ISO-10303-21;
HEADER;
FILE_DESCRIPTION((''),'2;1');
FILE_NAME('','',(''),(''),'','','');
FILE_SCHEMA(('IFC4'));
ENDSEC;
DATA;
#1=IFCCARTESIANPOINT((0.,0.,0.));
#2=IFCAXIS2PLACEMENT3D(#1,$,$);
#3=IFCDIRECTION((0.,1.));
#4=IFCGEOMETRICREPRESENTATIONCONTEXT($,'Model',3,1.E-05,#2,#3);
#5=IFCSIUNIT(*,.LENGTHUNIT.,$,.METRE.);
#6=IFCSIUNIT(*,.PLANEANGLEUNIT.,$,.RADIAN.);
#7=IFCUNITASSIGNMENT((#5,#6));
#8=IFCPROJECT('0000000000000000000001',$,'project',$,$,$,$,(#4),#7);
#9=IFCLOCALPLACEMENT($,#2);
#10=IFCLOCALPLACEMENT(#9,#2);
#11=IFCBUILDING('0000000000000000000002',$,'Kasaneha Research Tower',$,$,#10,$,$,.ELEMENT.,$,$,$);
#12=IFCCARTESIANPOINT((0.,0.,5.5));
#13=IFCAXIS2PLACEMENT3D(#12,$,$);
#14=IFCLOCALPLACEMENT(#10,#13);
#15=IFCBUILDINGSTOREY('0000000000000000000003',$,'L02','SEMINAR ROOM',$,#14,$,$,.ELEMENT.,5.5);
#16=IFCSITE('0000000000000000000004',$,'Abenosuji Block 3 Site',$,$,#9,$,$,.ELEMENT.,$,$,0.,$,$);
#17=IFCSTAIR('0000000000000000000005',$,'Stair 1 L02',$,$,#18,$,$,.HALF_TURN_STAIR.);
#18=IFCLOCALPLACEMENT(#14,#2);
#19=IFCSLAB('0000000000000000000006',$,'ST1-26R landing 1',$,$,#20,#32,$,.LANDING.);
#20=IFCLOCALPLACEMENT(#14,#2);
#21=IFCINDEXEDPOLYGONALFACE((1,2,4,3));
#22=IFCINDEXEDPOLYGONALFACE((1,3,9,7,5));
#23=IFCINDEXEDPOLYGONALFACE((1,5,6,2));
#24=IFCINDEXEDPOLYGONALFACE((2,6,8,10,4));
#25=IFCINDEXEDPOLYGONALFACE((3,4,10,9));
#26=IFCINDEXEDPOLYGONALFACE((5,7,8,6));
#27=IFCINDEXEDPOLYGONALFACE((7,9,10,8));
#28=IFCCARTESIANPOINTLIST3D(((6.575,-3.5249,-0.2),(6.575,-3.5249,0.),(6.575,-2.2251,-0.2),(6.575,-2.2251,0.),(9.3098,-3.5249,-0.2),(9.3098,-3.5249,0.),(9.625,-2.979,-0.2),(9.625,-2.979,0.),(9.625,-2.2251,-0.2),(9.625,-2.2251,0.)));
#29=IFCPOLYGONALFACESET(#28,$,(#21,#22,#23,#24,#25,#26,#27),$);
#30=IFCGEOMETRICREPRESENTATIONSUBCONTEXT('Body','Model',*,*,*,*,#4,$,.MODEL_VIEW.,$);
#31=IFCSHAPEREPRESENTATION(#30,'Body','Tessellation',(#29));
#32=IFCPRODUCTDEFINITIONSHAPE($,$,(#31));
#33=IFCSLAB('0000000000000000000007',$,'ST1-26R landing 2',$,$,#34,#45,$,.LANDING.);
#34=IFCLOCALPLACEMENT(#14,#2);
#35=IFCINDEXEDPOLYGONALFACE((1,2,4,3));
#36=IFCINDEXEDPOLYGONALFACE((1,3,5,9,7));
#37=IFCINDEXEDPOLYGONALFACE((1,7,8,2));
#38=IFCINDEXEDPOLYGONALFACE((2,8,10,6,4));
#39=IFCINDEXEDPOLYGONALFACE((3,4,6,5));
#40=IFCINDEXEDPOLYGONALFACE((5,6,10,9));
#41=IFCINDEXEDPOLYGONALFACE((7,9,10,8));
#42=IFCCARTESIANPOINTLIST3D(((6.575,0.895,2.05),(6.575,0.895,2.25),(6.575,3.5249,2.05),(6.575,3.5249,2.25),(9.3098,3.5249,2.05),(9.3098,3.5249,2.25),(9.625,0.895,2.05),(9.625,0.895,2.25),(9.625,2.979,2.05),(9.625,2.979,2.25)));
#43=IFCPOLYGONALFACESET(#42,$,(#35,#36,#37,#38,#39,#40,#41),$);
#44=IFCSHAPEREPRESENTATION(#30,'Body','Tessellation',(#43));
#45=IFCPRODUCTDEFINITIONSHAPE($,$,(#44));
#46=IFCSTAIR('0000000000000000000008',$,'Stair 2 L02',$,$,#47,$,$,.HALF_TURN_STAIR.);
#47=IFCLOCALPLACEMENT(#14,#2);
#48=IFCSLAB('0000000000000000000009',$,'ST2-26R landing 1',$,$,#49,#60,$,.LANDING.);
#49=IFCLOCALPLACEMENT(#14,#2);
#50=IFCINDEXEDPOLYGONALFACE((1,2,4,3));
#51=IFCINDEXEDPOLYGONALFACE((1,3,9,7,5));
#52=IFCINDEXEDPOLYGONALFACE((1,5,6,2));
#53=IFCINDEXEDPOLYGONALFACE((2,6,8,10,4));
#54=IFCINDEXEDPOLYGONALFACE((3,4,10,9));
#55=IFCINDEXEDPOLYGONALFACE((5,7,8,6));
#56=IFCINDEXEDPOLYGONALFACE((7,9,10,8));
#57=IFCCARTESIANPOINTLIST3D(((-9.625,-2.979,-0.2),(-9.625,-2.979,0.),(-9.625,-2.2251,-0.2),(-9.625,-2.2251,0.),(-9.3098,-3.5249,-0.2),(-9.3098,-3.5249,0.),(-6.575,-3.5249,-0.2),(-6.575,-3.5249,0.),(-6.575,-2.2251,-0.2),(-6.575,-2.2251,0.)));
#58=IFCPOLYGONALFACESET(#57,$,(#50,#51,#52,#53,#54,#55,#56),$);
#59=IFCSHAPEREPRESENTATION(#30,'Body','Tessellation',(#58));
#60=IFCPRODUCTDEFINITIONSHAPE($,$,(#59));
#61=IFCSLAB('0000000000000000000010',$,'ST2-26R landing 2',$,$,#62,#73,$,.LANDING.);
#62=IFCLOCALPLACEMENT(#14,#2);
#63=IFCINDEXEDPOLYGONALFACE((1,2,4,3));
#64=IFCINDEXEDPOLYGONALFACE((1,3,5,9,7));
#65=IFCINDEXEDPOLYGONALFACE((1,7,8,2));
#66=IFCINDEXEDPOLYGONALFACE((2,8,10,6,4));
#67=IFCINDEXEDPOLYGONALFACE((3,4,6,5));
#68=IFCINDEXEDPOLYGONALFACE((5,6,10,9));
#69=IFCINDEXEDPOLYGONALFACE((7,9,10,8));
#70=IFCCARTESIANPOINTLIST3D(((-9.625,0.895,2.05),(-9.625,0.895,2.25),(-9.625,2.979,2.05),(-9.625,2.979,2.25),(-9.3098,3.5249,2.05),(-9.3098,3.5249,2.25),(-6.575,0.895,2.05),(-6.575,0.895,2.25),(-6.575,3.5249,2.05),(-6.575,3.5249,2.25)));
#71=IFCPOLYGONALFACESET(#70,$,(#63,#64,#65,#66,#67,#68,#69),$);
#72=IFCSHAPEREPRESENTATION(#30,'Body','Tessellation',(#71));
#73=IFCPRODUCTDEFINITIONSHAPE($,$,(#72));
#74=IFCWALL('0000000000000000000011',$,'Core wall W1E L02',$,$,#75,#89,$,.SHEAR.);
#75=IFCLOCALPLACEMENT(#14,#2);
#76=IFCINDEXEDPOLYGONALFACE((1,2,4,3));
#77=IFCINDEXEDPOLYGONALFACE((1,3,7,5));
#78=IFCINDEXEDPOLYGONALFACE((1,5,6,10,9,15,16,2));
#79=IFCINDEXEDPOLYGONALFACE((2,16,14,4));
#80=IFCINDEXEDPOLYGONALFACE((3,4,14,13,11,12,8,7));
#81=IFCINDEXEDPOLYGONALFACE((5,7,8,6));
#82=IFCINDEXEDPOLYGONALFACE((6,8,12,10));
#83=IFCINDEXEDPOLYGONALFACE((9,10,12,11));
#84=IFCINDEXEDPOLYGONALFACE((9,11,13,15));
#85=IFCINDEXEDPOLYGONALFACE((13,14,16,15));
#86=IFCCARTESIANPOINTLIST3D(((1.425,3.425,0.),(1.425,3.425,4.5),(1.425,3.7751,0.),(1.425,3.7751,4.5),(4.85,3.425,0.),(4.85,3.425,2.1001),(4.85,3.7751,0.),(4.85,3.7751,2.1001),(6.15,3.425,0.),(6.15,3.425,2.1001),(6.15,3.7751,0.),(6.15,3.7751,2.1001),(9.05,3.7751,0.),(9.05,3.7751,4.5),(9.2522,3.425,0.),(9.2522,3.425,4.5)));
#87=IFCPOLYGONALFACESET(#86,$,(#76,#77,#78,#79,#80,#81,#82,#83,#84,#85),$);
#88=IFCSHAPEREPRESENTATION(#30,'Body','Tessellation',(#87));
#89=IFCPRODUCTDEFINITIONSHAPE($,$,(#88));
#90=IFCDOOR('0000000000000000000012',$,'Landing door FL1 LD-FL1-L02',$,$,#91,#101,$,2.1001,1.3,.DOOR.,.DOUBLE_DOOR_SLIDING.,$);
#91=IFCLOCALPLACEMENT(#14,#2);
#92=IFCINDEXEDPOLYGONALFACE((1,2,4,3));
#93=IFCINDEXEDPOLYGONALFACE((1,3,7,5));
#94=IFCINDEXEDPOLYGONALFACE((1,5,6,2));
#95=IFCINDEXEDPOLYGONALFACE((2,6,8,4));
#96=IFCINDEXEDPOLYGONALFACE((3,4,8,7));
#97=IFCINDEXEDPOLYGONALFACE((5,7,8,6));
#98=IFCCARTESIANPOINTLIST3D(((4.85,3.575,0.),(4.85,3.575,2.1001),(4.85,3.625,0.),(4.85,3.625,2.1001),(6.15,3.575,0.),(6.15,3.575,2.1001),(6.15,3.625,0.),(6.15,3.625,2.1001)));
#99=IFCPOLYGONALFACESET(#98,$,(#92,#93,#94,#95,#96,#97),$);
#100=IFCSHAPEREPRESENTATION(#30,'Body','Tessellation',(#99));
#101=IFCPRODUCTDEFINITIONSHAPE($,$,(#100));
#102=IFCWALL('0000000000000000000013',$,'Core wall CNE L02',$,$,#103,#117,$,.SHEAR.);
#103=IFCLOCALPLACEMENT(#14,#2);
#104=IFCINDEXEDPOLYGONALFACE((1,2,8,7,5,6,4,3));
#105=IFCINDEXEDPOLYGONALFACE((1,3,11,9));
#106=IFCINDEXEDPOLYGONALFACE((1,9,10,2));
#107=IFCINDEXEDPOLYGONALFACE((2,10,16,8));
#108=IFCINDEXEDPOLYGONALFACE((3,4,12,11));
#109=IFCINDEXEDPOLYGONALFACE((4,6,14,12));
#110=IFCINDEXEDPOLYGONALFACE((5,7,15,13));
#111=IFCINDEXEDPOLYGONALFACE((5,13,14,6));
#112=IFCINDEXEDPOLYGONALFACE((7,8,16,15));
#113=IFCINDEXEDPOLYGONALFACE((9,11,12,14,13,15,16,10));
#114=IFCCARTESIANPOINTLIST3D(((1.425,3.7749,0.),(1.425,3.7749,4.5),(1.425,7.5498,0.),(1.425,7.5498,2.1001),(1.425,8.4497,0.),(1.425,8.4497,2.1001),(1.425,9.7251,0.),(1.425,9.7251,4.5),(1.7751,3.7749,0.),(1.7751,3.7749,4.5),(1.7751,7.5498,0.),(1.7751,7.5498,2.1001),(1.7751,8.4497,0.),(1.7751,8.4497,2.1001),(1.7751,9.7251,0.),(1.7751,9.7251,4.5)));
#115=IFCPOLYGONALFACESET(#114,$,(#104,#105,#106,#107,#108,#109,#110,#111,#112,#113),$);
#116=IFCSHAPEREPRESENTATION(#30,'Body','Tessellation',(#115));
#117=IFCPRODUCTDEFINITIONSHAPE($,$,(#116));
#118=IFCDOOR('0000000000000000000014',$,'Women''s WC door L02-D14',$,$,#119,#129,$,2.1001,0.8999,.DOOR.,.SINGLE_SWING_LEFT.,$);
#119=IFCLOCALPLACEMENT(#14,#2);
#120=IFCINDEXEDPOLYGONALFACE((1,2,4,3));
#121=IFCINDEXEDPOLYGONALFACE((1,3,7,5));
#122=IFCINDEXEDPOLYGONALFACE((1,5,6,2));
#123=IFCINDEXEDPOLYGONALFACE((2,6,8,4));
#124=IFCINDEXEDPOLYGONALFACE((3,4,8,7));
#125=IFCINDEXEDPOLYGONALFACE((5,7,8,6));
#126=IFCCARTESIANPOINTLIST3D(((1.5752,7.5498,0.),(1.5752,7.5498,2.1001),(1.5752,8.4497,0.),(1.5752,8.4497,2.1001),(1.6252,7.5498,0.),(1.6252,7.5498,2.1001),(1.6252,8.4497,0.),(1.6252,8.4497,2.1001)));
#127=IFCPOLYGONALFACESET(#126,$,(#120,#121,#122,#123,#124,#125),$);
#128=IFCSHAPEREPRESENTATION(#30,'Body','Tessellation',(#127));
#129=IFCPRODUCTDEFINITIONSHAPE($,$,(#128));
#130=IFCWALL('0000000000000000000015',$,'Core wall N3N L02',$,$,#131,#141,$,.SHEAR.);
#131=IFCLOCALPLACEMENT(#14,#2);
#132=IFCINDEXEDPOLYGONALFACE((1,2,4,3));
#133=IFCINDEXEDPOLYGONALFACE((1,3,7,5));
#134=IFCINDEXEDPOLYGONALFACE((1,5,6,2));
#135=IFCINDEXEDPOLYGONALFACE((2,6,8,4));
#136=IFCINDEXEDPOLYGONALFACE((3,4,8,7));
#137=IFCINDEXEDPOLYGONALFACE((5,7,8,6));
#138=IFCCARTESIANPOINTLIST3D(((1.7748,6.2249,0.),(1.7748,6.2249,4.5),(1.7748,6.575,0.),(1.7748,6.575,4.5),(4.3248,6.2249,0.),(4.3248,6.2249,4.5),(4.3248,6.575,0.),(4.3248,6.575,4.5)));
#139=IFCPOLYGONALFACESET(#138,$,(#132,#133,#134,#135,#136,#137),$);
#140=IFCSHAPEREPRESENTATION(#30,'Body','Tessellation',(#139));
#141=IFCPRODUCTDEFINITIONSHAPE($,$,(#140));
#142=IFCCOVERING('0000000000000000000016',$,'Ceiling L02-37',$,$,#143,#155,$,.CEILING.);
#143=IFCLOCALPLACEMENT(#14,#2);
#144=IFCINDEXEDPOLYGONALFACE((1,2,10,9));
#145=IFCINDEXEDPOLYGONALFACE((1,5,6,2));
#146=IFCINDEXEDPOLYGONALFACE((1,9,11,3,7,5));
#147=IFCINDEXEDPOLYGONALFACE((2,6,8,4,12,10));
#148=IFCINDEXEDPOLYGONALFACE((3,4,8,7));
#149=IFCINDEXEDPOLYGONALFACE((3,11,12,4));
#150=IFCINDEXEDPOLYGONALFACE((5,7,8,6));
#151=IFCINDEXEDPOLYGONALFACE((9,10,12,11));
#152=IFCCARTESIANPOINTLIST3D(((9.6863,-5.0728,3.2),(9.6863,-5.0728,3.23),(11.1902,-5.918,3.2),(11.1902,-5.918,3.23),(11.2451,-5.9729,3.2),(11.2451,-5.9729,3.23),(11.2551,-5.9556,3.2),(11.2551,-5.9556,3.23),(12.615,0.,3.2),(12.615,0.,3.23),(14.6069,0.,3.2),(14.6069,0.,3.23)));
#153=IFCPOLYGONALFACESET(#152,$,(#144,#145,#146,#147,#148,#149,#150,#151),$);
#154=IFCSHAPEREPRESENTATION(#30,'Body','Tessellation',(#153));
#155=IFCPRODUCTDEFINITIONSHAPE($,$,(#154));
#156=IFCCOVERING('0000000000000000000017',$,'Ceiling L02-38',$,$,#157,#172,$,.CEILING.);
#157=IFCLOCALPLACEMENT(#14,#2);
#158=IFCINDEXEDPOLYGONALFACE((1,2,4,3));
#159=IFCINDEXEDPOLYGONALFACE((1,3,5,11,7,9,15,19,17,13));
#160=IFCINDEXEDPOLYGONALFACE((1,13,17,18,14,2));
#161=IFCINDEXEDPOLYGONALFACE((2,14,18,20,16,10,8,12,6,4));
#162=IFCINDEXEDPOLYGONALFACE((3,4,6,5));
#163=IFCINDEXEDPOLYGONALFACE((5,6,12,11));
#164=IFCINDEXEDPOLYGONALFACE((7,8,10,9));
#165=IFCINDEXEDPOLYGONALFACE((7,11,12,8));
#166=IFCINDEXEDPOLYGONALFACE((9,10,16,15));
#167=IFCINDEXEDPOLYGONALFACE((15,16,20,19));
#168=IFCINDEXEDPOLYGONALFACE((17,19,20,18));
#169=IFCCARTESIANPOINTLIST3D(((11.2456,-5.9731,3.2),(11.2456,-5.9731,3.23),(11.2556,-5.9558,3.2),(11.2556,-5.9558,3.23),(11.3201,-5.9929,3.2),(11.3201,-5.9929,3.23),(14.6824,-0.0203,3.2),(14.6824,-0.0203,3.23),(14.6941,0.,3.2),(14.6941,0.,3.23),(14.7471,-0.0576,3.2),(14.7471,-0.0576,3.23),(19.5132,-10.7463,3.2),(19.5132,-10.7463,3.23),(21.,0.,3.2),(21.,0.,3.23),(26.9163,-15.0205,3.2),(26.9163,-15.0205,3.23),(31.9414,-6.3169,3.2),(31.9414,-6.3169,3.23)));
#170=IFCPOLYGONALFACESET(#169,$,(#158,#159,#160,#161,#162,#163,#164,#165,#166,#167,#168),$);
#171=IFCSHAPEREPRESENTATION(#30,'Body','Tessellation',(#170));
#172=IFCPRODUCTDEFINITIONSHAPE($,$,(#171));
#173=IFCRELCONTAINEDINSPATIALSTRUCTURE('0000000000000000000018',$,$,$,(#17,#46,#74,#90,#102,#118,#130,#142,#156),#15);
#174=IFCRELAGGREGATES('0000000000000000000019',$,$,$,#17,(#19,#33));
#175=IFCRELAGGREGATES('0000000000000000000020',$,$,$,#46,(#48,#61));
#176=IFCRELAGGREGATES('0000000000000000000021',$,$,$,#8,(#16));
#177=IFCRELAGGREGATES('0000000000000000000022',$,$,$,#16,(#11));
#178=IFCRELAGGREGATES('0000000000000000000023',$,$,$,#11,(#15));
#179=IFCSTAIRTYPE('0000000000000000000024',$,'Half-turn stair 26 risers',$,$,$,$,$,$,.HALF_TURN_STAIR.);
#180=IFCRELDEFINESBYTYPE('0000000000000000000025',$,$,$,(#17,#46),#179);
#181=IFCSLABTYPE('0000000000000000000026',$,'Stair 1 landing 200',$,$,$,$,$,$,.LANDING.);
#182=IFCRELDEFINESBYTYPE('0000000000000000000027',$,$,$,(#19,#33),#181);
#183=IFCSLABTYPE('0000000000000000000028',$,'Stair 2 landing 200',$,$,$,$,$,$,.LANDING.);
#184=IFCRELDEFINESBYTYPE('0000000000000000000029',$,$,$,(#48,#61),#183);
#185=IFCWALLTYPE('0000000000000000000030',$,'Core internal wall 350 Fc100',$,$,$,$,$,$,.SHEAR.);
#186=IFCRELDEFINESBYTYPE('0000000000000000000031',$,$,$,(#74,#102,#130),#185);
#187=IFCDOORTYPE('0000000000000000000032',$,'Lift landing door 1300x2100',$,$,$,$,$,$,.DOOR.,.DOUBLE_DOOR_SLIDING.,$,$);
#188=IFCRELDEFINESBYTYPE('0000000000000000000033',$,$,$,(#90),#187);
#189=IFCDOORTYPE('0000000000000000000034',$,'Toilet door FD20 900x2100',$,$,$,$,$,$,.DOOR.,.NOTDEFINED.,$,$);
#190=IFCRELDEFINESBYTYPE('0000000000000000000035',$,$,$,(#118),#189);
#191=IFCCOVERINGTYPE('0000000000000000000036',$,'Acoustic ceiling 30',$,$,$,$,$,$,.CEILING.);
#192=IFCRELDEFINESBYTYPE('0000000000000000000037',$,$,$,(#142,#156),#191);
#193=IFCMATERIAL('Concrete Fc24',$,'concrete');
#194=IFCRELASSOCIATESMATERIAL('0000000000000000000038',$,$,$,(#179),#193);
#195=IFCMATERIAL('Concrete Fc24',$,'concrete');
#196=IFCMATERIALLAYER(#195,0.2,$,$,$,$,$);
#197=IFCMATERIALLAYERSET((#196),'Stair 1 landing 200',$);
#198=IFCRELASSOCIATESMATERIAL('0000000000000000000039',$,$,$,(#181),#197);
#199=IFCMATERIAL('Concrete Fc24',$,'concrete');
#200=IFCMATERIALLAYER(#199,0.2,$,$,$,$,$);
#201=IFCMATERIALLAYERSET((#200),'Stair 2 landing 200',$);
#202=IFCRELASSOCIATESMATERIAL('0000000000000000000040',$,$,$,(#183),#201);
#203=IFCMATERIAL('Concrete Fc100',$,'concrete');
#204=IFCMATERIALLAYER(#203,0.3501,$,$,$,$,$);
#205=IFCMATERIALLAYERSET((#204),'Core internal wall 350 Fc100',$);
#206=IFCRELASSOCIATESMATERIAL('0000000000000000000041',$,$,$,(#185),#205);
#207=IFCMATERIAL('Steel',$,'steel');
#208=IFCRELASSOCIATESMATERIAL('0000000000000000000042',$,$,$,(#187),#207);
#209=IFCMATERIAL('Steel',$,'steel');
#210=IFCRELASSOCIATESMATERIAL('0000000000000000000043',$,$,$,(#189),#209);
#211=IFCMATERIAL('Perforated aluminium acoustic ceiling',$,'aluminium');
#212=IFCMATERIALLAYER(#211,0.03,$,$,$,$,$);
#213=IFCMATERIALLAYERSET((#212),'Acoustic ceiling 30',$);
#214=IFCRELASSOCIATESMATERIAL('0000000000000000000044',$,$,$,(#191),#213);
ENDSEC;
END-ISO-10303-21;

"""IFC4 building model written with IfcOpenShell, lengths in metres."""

from ifc_helpers import new_model, si_unit, direction, frame, frame_2d, origin, place, context, subcontext, project, spatial, polyline, rectangle, outline, extrude, material, layer, layer_set, type_object, element, fill, aggregate, save


model = new_model("IFC4")

# Units and contexts
model_context = context("Model", 3, precision=1e-05, world=origin(), true_north=direction((0.0, 1.0)))
body_context = subcontext(model_context, "Body", "Model", "MODEL_VIEW")
ifc_project = project(units=[si_unit("LENGTHUNIT", "METRE"), si_unit("PLANEANGLEUNIT", "RADIAN")], contexts=[model_context])

# Site, building, storey
site_placement = place(None, origin())
site = spatial("IfcSite", under=ifc_project, at=site_placement, Name="Abenosuji Block 3 Site", CompositionType="ELEMENT", RefElevation=0.0)
building_placement = place(site_placement, origin())
building = spatial("IfcBuilding", under=site, at=building_placement, Name="Kasaneha Research Tower", CompositionType="ELEMENT")
storey_placement = place(building_placement, frame((0.0, 0.0, 5.5)))
storey = spatial("IfcBuildingStorey", under=building, at=storey_placement, Name="L02", Description="SEMINAR ROOM", CompositionType="ELEMENT", Elevation=5.5)

# Stairs, slabs
ifc_material_1 = material(Name="Concrete Fc24", Category="concrete")
stair_type = type_object("IfcStairType", Name="Half-turn stair 26 risers", PredefinedType="HALF_TURN_STAIR", material=ifc_material_1)
stair_1_placement = place(storey_placement, origin())
stair_1 = element("IfcStair", 1, at=stair_1_placement, inside=storey, type_object=stair_type, Name="Stair 1 L02", PredefinedType="HALF_TURN_STAIR")
ifc_material_2 = material(Name="Concrete Fc24", Category="concrete")
ifc_layer_1 = layer(ifc_material_2, 0.2)
ifc_layer_set_1 = layer_set([ifc_layer_1], Name="Stair 1 landing 200")
slab_type_1 = type_object("IfcSlabType", Name="Stair 1 landing 200", PredefinedType="LANDING", material=ifc_layer_set_1)
slab_1_placement = place(storey_placement, frame((0.0, 0.0, -0.2)))
slab_1 = element("IfcSlab", 2, at=slab_1_placement, type_object=slab_type_1, Name="ST1-26R landing 1", PredefinedType="LANDING", context=body_context, shape_type="SweptSolid", body=[
    extrude(outline(polyline([(9.3098, -3.5249), (6.575, -3.5249), (6.575, -2.2251), (9.625, -2.2251), (9.625, -2.979), (9.3098, -3.5249)])), origin(), (0.0, 0.0, 1.0), 0.2),
])
slab_2_placement = place(storey_placement, frame((0.0, 0.0, 2.05)))
slab_2 = element("IfcSlab", 3, at=slab_2_placement, type_object=slab_type_1, Name="ST1-26R landing 2", PredefinedType="LANDING", context=body_context, shape_type="SweptSolid", body=[
    extrude(outline(polyline([(6.575, 3.5249), (9.3098, 3.5249), (9.625, 2.979), (9.625, 0.895), (6.575, 0.895), (6.575, 3.5249)])), origin(), (0.0, 0.0, 1.0), 0.2),
])
aggregate(stair_1, [slab_1, slab_2])
stair_2_placement = place(storey_placement, origin())
stair_2 = element("IfcStair", 4, at=stair_2_placement, inside=storey, type_object=stair_type, Name="Stair 2 L02", PredefinedType="HALF_TURN_STAIR")
ifc_material_3 = material(Name="Concrete Fc24", Category="concrete")
ifc_layer_2 = layer(ifc_material_3, 0.2)
ifc_layer_set_2 = layer_set([ifc_layer_2], Name="Stair 2 landing 200")
slab_type_2 = type_object("IfcSlabType", Name="Stair 2 landing 200", PredefinedType="LANDING", material=ifc_layer_set_2)
slab_3_placement = place(storey_placement, frame((0.0, 0.0, -0.2)))
slab_3 = element("IfcSlab", 5, at=slab_3_placement, type_object=slab_type_2, Name="ST2-26R landing 1", PredefinedType="LANDING", context=body_context, shape_type="SweptSolid", body=[
    extrude(outline(polyline([(-6.575, -3.5249), (-9.3098, -3.5249), (-9.625, -2.979), (-9.625, -2.2251), (-6.575, -2.2251), (-6.575, -3.5249)])), origin(), (0.0, 0.0, 1.0), 0.2),
])
slab_4_placement = place(storey_placement, frame((0.0, 0.0, 2.05)))
slab_4 = element("IfcSlab", 6, at=slab_4_placement, type_object=slab_type_2, Name="ST2-26R landing 2", PredefinedType="LANDING", context=body_context, shape_type="SweptSolid", body=[
    extrude(outline(polyline([(-6.575, 0.895), (-9.625, 0.895), (-9.625, 2.979), (-9.3098, 3.5249), (-6.575, 3.5249), (-6.575, 0.895)])), origin(), (0.0, 0.0, 1.0), 0.2),
])
aggregate(stair_2, [slab_3, slab_4])

# Walls, openings, doors
ifc_material_4 = material(Name="Concrete Fc100", Category="concrete")
ifc_layer_3 = layer(ifc_material_4, 0.3501)
ifc_layer_set_3 = layer_set([ifc_layer_3], Name="Core internal wall 350 Fc100")
wall_type = type_object("IfcWallType", Name="Core internal wall 350 Fc100", PredefinedType="SHEAR", material=ifc_layer_set_3)
wall_1_placement = place(storey_placement, frame((1.425, 3.6001, 0.0), z_axis=(0.0, 0.0, 1.0), x_axis=(1.0, 0.0, 0.0)))
wall_1 = element("IfcWall", 7, at=wall_1_placement, inside=storey, type_object=wall_type, Name="Core wall W1E L02", PredefinedType="SHEAR", context=body_context, shape_type="SweptSolid", body=[
    extrude(outline(polyline([(0.0, -0.175), (3.425, -0.175), (4.7251, -0.175), (7.8271, -0.175), (7.625, 0.175), (4.7251, 0.175), (3.425, 0.175), (0.0, 0.175), (0.0, -0.175)])), origin(), (0.0, 0.0, 1.0), 4.5),
])
opening_1_placement = place(wall_1_placement, frame((3.425, 0.0, 0.0)))
opening_1 = element("IfcOpeningElement", 8, at=opening_1_placement, cuts=wall_1, PredefinedType="OPENING", context=body_context, shape_type="SweptSolid", body=[
    extrude(rectangle(XDim=1.3, YDim=2.1001, at=frame_2d((0.6499, 1.05))), frame((0.0, 0.1851, 0.0), z_axis=(0.0, -1.0, 0.0), x_axis=(1.0, 0.0, 0.0)), (0.0, 0.0, 1.0), 0.3701),
])
ifc_material_5 = material(Name="Steel", Category="steel")
door_type_1 = type_object("IfcDoorType", Name="Lift landing door 1300x2100", OperationType="DOUBLE_DOOR_SLIDING", PredefinedType="DOOR", material=ifc_material_5)
door_1_placement = place(opening_1_placement, origin())
door_1 = element("IfcDoor", 9, at=door_1_placement, inside=storey, type_object=door_type_1, Name="Landing door FL1 LD-FL1-L02", OperationType="DOUBLE_DOOR_SLIDING", OverallHeight=2.1001, OverallWidth=1.3, PredefinedType="DOOR", context=body_context, shape_type="SweptSolid", body=[
    extrude(rectangle(XDim=1.3, YDim=2.1001, at=frame_2d((0.6499, 1.05))), frame((0.0, 0.0249, 0.0), z_axis=(0.0, -1.0, 0.0), x_axis=(1.0, 0.0, 0.0)), (0.0, 0.0, 1.0), 0.05),
])
fill(opening_1, door_1)
wall_2_placement = place(storey_placement, frame((1.6001, 3.7749, 0.0), z_axis=(0.0, 0.0, 1.0), x_axis=(0.0, 1.0, 0.0)))
wall_2 = element("IfcWall", 10, at=wall_2_placement, inside=storey, type_object=wall_type, Name="Core wall CNE L02", PredefinedType="SHEAR", context=body_context, shape_type="SweptSolid", body=[
    extrude(rectangle(XDim=5.9502, YDim=0.3501, at=frame_2d((2.9751, 0.0))), origin(), (0.0, 0.0, 1.0), 4.5),
])
opening_2_placement = place(wall_2_placement, frame((3.7749, 0.0, 0.0)))
opening_2 = element("IfcOpeningElement", 11, at=opening_2_placement, cuts=wall_2, PredefinedType="OPENING", context=body_context, shape_type="SweptSolid", body=[
    extrude(rectangle(XDim=0.8999, YDim=2.1001, at=frame_2d((0.45, 1.05))), frame((0.0, 0.1851, 0.0), z_axis=(0.0, -1.0, 0.0), x_axis=(1.0, 0.0, 0.0)), (0.0, 0.0, 1.0), 0.3701),
])
ifc_material_6 = material(Name="Steel", Category="steel")
door_type_2 = type_object("IfcDoorType", Name="Toilet door FD20 900x2100", OperationType="NOTDEFINED", PredefinedType="DOOR", material=ifc_material_6)
door_2_placement = place(opening_2_placement, origin())
door_2 = element("IfcDoor", 12, at=door_2_placement, inside=storey, type_object=door_type_2, Name="Women's WC door L02-D14", OperationType="SINGLE_SWING_LEFT", OverallHeight=2.1001, OverallWidth=0.8999, PredefinedType="DOOR", context=body_context, shape_type="SweptSolid", body=[
    extrude(rectangle(XDim=0.8999, YDim=2.1001, at=frame_2d((0.45, 1.05))), frame((0.0, 0.0249, 0.0), z_axis=(0.0, -1.0, 0.0), x_axis=(1.0, 0.0, 0.0)), (0.0, 0.0, 1.0), 0.05),
])
fill(opening_2, door_2)

# Wall
wall_3_placement = place(storey_placement, frame((1.7749, 6.3999, 0.0), z_axis=(0.0, 0.0, 1.0), x_axis=(1.0, 0.0, 0.0)))
element("IfcWall", 13, at=wall_3_placement, inside=storey, type_object=wall_type, Name="Core wall N3N L02", PredefinedType="SHEAR", context=body_context, shape_type="SweptSolid", body=[
    extrude(rectangle(XDim=2.55, YDim=0.3501, at=frame_2d((1.2749, 0.0))), origin(), (0.0, 0.0, 1.0), 4.5),
])

# Coverings
ifc_material_7 = material(Name="Perforated aluminium acoustic ceiling", Category="aluminium")
ifc_layer_4 = layer(ifc_material_7, 0.03)
ifc_layer_set_4 = layer_set([ifc_layer_4], Name="Acoustic ceiling 30")
covering_type_1 = type_object("IfcCoveringType", Name="Acoustic ceiling 30", PredefinedType="CEILING", material=ifc_layer_set_4)
covering_1_placement = place(storey_placement, frame((0.0, 0.0, 3.2)))
element("IfcCovering", 14, at=covering_1_placement, inside=storey, type_object=covering_type_1, Name="Ceiling L02-37", PredefinedType="CEILING", context=body_context, shape_type="SweptSolid", body=[
    extrude(outline(polyline([(9.6863, -5.0728), (12.615, 0.0), (14.6069, 0.0), (11.1902, -5.918), (11.2551, -5.9556), (11.2451, -5.9729), (9.6863, -5.0728)])), origin(), (0.0, 0.0, 1.0), 0.03),
])
covering_2_placement = place(storey_placement, frame((0.0, 0.0, 3.2)))
element("IfcCovering", 15, at=covering_2_placement, inside=storey, type_object=covering_type_1, Name="Ceiling L02-38", PredefinedType="CEILING", context=body_context, shape_type="SweptSolid", body=[
    extrude(outline(polyline([(21.0, 0.0), (31.9414, -6.3169), (26.9163, -15.0205), (19.5132, -10.7463), (11.2456, -5.9731), (11.2556, -5.9558), (11.3201, -5.9929), (14.7471, -0.0576), (14.6824, -0.0203), (14.6941, 0.0), (21.0, 0.0)])), origin(), (0.0, 0.0, 1.0), 0.03),
])

save(model, "model.ifc")
